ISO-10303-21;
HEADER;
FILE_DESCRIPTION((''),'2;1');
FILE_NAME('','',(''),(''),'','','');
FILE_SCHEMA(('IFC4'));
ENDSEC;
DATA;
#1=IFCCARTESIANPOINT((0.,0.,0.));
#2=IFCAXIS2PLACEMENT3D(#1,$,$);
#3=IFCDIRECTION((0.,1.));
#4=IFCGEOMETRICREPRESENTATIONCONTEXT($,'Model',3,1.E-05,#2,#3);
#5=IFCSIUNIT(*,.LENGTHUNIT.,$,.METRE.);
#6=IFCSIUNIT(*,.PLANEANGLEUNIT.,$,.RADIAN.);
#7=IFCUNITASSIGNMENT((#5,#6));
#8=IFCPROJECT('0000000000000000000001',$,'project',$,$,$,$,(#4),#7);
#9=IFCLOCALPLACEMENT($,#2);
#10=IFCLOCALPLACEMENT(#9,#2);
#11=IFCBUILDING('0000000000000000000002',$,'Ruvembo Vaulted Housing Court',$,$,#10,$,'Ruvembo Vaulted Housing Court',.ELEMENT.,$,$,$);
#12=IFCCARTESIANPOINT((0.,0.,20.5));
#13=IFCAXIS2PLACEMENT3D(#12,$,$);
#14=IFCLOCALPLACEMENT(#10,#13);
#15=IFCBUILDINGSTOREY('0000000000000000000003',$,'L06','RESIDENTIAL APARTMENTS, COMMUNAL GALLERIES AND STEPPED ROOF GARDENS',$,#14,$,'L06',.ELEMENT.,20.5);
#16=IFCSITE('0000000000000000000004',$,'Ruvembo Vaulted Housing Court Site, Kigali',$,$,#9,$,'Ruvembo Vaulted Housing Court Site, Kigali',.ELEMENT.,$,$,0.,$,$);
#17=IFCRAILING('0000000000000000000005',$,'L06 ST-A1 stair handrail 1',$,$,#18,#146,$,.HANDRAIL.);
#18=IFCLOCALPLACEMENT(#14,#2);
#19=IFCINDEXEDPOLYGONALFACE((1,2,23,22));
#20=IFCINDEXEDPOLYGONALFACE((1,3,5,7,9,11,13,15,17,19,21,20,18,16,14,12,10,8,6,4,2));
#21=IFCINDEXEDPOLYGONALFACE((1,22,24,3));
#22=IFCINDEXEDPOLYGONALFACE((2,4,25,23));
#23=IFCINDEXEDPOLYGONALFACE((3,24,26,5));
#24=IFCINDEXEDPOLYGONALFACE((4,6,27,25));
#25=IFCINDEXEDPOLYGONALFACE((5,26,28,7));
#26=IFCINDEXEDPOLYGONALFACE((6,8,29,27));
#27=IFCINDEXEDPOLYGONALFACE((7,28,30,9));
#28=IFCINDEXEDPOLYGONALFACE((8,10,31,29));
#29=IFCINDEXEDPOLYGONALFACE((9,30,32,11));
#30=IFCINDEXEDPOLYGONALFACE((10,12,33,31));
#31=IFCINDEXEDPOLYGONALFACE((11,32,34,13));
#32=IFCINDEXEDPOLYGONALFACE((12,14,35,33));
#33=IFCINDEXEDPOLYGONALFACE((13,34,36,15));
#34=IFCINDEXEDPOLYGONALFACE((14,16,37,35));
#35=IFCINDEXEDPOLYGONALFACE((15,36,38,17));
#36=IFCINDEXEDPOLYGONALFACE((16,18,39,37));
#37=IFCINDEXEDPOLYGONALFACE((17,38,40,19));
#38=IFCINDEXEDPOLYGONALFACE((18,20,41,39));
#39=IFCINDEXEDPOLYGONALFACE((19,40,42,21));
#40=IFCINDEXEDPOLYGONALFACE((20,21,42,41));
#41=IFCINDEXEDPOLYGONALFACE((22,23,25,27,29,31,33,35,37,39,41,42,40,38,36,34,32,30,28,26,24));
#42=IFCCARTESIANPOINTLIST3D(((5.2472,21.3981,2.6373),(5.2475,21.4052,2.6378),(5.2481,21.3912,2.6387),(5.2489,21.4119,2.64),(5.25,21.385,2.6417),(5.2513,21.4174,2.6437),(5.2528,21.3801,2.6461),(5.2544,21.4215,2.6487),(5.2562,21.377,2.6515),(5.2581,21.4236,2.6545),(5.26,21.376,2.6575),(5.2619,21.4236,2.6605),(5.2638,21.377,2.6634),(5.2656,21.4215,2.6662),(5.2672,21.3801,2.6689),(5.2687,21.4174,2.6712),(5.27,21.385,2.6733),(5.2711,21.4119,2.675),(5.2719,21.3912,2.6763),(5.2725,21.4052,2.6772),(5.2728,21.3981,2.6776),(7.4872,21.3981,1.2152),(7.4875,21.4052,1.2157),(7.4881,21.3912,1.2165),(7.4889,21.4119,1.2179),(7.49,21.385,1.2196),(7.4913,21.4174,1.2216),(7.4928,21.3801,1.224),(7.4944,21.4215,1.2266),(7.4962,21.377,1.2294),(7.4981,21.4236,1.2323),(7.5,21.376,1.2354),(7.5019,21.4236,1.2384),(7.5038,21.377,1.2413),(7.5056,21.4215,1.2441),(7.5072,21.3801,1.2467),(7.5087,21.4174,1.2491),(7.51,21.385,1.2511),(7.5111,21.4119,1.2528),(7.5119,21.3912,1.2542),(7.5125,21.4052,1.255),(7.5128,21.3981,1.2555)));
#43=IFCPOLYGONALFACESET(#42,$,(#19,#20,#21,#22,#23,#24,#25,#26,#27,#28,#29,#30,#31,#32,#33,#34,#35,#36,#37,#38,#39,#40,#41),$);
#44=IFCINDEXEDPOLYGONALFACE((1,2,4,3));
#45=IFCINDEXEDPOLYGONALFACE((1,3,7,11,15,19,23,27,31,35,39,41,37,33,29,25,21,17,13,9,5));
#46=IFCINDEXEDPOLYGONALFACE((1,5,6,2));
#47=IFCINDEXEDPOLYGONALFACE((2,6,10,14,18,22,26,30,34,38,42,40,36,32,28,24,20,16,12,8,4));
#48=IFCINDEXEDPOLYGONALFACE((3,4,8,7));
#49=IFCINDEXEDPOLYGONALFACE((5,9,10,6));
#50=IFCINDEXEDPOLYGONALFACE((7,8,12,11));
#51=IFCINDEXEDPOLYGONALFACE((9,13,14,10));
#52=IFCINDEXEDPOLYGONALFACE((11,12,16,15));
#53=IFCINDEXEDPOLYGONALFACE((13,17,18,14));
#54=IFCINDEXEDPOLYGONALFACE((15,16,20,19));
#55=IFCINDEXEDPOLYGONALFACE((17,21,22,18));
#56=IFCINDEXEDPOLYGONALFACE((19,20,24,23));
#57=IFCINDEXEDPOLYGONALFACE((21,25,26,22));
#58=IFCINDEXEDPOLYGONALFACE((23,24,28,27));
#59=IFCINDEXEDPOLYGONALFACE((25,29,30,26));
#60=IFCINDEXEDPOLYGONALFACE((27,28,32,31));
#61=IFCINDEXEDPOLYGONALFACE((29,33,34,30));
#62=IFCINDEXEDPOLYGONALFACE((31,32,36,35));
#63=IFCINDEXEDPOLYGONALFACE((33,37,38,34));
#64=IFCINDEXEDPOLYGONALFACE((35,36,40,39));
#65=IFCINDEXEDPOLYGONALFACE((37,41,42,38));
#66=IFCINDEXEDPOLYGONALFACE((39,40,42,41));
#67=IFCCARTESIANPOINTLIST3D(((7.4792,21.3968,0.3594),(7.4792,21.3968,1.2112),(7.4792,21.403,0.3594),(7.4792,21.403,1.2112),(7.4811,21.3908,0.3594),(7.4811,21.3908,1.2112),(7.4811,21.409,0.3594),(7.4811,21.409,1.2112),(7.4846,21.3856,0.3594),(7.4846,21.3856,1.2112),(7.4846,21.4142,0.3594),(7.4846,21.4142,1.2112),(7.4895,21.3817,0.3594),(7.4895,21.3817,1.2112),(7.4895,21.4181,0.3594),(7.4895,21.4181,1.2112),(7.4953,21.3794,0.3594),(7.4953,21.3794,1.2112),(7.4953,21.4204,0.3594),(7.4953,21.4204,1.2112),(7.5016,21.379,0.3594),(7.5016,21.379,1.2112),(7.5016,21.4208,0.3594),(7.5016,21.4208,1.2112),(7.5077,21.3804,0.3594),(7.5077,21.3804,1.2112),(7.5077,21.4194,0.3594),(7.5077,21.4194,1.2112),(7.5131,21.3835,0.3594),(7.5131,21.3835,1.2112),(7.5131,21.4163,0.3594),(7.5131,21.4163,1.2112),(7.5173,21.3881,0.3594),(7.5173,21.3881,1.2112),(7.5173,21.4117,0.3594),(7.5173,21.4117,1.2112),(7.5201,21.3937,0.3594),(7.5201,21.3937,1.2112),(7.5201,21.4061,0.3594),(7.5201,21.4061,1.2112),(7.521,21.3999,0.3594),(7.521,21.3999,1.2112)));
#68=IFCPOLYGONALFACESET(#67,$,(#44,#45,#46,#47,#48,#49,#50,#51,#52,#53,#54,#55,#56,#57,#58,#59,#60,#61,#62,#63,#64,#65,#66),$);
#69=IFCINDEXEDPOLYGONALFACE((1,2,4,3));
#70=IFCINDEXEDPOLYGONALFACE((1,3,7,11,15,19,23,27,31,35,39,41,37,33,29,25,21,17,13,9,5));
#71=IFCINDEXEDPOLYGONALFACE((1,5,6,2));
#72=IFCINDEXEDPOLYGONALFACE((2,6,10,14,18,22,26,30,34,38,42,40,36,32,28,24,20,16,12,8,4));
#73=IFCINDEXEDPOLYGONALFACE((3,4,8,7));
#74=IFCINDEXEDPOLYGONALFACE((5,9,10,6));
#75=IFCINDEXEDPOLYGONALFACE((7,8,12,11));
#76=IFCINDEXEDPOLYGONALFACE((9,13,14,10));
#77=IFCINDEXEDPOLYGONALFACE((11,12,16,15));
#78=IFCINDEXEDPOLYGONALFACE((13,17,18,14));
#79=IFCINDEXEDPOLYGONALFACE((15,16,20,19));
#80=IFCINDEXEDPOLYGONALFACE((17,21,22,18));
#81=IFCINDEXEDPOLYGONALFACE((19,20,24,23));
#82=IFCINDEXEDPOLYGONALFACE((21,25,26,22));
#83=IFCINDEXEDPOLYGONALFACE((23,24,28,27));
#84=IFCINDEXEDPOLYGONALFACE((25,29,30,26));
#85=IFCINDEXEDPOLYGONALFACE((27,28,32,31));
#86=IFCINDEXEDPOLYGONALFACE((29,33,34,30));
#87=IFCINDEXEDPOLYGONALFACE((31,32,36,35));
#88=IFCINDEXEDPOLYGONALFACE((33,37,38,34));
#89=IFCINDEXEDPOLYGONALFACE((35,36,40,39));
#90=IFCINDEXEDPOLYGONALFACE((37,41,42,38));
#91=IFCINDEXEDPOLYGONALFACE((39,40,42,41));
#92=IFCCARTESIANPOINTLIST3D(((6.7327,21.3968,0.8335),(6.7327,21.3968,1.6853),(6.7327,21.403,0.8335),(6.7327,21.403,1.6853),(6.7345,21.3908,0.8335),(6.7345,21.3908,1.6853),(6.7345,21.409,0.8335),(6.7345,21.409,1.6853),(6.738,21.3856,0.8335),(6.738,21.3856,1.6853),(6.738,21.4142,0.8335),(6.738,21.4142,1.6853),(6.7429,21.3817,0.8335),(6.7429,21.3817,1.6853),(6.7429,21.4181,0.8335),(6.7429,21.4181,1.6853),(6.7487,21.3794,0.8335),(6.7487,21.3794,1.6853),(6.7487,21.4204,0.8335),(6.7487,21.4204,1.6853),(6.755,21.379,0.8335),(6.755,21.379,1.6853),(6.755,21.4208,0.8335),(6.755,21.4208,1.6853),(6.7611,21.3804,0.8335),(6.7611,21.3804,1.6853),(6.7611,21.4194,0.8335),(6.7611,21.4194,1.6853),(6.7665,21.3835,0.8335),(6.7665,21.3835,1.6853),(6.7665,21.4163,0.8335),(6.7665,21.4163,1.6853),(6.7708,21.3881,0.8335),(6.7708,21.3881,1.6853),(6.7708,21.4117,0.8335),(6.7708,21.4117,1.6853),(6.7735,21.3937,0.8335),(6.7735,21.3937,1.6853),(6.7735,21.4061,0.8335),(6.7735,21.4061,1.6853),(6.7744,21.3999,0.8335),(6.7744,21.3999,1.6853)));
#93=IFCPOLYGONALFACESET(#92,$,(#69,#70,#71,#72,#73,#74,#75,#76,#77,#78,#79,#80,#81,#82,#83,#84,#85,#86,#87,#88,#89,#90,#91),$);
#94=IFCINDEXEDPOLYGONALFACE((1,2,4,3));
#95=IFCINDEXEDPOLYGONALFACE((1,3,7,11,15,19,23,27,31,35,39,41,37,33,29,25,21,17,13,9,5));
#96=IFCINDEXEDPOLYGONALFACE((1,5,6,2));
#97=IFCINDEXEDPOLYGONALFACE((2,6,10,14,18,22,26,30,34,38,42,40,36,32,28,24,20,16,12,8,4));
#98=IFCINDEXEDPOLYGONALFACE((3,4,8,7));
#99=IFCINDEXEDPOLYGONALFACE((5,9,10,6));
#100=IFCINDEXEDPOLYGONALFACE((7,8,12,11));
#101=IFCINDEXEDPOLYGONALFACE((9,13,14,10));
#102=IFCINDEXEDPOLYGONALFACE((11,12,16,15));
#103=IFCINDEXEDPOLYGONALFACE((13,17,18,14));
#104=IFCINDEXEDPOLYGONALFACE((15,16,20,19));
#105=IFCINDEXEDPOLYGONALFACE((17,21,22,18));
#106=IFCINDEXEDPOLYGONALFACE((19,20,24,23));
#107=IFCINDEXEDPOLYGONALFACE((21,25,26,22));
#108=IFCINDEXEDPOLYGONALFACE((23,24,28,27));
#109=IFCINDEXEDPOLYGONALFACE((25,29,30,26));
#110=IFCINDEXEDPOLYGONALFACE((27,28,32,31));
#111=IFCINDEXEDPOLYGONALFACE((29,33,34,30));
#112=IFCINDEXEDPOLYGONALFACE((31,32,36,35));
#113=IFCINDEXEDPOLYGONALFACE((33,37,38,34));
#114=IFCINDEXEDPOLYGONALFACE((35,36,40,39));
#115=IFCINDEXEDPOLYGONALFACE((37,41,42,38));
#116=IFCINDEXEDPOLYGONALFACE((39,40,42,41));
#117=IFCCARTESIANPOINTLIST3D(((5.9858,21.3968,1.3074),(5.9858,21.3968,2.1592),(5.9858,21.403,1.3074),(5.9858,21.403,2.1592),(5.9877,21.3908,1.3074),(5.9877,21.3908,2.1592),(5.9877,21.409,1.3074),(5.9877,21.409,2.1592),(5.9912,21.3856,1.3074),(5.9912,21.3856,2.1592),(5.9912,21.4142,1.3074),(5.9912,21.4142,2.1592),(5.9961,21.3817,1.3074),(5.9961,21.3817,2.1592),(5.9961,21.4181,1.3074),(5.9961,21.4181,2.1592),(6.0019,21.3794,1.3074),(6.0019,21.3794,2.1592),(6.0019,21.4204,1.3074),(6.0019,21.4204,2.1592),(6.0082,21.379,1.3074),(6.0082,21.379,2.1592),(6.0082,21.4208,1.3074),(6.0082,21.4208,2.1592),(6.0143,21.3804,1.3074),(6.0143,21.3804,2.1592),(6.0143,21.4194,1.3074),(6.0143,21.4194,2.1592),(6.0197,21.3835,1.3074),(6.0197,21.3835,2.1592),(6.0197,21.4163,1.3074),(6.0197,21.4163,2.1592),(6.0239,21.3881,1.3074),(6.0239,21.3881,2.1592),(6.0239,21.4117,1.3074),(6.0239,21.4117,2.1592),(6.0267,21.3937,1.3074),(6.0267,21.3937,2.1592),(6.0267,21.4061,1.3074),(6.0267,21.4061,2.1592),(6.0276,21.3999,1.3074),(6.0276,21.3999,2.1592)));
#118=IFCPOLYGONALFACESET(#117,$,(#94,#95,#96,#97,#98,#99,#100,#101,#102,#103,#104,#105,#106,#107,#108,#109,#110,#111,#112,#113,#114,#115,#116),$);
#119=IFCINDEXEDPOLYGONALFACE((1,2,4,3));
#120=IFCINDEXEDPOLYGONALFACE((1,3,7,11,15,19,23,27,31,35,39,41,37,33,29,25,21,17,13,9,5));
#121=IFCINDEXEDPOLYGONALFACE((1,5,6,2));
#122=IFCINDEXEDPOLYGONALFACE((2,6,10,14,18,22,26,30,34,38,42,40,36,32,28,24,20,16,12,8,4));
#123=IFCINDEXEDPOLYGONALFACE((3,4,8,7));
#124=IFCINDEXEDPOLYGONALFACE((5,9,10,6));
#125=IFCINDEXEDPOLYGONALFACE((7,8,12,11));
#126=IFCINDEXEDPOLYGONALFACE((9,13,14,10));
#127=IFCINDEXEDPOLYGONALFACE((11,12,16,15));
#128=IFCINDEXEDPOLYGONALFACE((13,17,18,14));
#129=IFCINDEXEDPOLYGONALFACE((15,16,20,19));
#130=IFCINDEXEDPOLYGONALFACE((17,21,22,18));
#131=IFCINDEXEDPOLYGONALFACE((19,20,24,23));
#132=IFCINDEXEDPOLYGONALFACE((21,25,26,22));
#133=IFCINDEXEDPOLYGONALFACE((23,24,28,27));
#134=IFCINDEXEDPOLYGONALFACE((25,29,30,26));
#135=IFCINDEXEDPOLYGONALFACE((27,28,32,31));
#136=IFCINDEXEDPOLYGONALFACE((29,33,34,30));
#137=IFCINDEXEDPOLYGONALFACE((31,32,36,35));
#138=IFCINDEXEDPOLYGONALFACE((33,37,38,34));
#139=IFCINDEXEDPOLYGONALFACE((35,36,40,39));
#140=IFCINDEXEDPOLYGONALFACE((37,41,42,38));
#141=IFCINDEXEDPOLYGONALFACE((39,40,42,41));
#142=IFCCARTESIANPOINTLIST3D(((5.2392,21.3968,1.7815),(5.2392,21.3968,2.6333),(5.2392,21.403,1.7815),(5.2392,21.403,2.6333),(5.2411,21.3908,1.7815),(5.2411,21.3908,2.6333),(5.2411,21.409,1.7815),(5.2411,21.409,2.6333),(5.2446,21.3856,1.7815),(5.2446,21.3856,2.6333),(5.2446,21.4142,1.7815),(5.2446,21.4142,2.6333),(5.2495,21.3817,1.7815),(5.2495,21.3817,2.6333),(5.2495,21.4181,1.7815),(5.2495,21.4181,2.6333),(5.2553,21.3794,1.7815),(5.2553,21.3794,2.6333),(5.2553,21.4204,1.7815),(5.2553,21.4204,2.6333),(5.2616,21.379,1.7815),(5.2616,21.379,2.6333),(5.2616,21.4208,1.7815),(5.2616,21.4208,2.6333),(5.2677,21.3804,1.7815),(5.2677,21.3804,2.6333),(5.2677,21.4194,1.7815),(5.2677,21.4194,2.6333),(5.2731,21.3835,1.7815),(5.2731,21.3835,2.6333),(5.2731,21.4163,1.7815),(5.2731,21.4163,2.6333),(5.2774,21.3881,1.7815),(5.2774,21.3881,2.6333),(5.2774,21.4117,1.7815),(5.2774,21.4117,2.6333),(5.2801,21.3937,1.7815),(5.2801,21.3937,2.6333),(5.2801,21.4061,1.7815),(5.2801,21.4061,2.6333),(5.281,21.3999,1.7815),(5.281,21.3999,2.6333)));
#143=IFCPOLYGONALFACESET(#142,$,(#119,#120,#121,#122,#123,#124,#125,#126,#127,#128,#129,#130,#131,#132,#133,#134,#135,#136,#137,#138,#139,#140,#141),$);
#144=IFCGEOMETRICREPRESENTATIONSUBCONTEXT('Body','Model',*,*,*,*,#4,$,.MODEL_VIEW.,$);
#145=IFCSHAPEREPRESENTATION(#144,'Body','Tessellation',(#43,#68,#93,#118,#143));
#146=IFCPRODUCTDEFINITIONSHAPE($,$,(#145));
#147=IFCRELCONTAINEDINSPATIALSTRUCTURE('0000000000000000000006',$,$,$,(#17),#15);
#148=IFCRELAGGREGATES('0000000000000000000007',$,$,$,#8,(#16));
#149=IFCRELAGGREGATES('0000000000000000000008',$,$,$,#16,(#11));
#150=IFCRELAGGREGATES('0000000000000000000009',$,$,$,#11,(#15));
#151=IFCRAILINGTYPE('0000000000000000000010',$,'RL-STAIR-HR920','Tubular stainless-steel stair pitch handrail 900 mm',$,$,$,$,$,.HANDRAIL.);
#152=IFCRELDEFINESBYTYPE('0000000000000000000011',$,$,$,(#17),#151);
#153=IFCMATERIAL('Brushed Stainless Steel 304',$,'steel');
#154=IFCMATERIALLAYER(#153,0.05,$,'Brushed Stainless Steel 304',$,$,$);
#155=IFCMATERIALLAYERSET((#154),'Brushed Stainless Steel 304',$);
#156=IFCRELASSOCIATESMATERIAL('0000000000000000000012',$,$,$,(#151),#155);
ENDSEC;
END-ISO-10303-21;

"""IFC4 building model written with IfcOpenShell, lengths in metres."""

from ifc_helpers import new_model, si_unit, direction, frame, origin, origin_2d, place, context, subcontext, project, spatial, circle, extrude, material, layer, layer_set, type_object, element, save


model = new_model("IFC4")

# Units and contexts
model_context = context("Model", 3, precision=1e-05, world=origin(), true_north=direction((0.0, 1.0)))
body_context = subcontext(model_context, "Body", "Model", "MODEL_VIEW")
ifc_project = project(units=[si_unit("LENGTHUNIT", "METRE"), si_unit("PLANEANGLEUNIT", "RADIAN")], contexts=[model_context])

# Site, building, storey
site_placement = place(None, origin())
site = spatial("IfcSite", under=ifc_project, at=site_placement, Name="Ruvembo Vaulted Housing Court Site, Kigali", LongName="Ruvembo Vaulted Housing Court Site, Kigali", CompositionType="ELEMENT", RefElevation=0.0)
building_placement = place(site_placement, origin())
building = spatial("IfcBuilding", under=site, at=building_placement, Name="Ruvembo Vaulted Housing Court", LongName="Ruvembo Vaulted Housing Court", CompositionType="ELEMENT")
storey_placement = place(building_placement, frame((0.0, 0.0, 20.5)))
storey = spatial("IfcBuildingStorey", under=building, at=storey_placement, Name="L06", Description="RESIDENTIAL APARTMENTS, COMMUNAL GALLERIES AND STEPPED ROOF GARDENS", LongName="L06", CompositionType="ELEMENT", Elevation=20.5)

# Shared definitions
ifc_material_1 = material(Name="Brushed Stainless Steel 304", Category="steel")

# Railing
ifc_layer_1 = layer(ifc_material_1, 0.05, Name="Brushed Stainless Steel 304")
ifc_layer_set_1 = layer_set([ifc_layer_1], Name="Brushed Stainless Steel 304")
railing_type_1 = type_object("IfcRailingType", Name="RL-STAIR-HR920", Description="Tubular stainless-steel stair pitch handrail 900 mm", PredefinedType="HANDRAIL", material=ifc_layer_set_1)
railing_1_placement = place(storey_placement, frame((7.5, 21.3999, 0.3594)))
element("IfcRailing", 1, at=railing_1_placement, inside=storey, type_object=railing_type_1, Name="L06 ST-A1 stair handrail 1", PredefinedType="HANDRAIL", context=body_context, shape_type="SweptSolid", body=[
    extrude(circle(Radius=0.0239, at=origin_2d()), frame((0.0, 0.0, 0.876), z_axis=(-0.844229, 0.0, 0.535982), x_axis=(0.0, -1.0, 0.0)), (0.0, 0.0, 1.0), 2.6533),
    extrude(circle(Radius=0.021, at=origin_2d()), origin(), (0.0, 0.0, 1.0), 0.8518),
    extrude(circle(Radius=0.021, at=origin_2d()), frame((-0.7466, 0.0, 0.4741)), (0.0, 0.0, 1.0), 0.8518),
    extrude(circle(Radius=0.021, at=origin_2d()), frame((-1.4934, 0.0, 0.948)), (0.0, 0.0, 1.0), 0.8518),
    extrude(circle(Radius=0.021, at=origin_2d()), frame((-2.24, 0.0, 1.4221)), (0.0, 0.0, 1.0), 0.8518),
])

save(model, "model.ifc")
